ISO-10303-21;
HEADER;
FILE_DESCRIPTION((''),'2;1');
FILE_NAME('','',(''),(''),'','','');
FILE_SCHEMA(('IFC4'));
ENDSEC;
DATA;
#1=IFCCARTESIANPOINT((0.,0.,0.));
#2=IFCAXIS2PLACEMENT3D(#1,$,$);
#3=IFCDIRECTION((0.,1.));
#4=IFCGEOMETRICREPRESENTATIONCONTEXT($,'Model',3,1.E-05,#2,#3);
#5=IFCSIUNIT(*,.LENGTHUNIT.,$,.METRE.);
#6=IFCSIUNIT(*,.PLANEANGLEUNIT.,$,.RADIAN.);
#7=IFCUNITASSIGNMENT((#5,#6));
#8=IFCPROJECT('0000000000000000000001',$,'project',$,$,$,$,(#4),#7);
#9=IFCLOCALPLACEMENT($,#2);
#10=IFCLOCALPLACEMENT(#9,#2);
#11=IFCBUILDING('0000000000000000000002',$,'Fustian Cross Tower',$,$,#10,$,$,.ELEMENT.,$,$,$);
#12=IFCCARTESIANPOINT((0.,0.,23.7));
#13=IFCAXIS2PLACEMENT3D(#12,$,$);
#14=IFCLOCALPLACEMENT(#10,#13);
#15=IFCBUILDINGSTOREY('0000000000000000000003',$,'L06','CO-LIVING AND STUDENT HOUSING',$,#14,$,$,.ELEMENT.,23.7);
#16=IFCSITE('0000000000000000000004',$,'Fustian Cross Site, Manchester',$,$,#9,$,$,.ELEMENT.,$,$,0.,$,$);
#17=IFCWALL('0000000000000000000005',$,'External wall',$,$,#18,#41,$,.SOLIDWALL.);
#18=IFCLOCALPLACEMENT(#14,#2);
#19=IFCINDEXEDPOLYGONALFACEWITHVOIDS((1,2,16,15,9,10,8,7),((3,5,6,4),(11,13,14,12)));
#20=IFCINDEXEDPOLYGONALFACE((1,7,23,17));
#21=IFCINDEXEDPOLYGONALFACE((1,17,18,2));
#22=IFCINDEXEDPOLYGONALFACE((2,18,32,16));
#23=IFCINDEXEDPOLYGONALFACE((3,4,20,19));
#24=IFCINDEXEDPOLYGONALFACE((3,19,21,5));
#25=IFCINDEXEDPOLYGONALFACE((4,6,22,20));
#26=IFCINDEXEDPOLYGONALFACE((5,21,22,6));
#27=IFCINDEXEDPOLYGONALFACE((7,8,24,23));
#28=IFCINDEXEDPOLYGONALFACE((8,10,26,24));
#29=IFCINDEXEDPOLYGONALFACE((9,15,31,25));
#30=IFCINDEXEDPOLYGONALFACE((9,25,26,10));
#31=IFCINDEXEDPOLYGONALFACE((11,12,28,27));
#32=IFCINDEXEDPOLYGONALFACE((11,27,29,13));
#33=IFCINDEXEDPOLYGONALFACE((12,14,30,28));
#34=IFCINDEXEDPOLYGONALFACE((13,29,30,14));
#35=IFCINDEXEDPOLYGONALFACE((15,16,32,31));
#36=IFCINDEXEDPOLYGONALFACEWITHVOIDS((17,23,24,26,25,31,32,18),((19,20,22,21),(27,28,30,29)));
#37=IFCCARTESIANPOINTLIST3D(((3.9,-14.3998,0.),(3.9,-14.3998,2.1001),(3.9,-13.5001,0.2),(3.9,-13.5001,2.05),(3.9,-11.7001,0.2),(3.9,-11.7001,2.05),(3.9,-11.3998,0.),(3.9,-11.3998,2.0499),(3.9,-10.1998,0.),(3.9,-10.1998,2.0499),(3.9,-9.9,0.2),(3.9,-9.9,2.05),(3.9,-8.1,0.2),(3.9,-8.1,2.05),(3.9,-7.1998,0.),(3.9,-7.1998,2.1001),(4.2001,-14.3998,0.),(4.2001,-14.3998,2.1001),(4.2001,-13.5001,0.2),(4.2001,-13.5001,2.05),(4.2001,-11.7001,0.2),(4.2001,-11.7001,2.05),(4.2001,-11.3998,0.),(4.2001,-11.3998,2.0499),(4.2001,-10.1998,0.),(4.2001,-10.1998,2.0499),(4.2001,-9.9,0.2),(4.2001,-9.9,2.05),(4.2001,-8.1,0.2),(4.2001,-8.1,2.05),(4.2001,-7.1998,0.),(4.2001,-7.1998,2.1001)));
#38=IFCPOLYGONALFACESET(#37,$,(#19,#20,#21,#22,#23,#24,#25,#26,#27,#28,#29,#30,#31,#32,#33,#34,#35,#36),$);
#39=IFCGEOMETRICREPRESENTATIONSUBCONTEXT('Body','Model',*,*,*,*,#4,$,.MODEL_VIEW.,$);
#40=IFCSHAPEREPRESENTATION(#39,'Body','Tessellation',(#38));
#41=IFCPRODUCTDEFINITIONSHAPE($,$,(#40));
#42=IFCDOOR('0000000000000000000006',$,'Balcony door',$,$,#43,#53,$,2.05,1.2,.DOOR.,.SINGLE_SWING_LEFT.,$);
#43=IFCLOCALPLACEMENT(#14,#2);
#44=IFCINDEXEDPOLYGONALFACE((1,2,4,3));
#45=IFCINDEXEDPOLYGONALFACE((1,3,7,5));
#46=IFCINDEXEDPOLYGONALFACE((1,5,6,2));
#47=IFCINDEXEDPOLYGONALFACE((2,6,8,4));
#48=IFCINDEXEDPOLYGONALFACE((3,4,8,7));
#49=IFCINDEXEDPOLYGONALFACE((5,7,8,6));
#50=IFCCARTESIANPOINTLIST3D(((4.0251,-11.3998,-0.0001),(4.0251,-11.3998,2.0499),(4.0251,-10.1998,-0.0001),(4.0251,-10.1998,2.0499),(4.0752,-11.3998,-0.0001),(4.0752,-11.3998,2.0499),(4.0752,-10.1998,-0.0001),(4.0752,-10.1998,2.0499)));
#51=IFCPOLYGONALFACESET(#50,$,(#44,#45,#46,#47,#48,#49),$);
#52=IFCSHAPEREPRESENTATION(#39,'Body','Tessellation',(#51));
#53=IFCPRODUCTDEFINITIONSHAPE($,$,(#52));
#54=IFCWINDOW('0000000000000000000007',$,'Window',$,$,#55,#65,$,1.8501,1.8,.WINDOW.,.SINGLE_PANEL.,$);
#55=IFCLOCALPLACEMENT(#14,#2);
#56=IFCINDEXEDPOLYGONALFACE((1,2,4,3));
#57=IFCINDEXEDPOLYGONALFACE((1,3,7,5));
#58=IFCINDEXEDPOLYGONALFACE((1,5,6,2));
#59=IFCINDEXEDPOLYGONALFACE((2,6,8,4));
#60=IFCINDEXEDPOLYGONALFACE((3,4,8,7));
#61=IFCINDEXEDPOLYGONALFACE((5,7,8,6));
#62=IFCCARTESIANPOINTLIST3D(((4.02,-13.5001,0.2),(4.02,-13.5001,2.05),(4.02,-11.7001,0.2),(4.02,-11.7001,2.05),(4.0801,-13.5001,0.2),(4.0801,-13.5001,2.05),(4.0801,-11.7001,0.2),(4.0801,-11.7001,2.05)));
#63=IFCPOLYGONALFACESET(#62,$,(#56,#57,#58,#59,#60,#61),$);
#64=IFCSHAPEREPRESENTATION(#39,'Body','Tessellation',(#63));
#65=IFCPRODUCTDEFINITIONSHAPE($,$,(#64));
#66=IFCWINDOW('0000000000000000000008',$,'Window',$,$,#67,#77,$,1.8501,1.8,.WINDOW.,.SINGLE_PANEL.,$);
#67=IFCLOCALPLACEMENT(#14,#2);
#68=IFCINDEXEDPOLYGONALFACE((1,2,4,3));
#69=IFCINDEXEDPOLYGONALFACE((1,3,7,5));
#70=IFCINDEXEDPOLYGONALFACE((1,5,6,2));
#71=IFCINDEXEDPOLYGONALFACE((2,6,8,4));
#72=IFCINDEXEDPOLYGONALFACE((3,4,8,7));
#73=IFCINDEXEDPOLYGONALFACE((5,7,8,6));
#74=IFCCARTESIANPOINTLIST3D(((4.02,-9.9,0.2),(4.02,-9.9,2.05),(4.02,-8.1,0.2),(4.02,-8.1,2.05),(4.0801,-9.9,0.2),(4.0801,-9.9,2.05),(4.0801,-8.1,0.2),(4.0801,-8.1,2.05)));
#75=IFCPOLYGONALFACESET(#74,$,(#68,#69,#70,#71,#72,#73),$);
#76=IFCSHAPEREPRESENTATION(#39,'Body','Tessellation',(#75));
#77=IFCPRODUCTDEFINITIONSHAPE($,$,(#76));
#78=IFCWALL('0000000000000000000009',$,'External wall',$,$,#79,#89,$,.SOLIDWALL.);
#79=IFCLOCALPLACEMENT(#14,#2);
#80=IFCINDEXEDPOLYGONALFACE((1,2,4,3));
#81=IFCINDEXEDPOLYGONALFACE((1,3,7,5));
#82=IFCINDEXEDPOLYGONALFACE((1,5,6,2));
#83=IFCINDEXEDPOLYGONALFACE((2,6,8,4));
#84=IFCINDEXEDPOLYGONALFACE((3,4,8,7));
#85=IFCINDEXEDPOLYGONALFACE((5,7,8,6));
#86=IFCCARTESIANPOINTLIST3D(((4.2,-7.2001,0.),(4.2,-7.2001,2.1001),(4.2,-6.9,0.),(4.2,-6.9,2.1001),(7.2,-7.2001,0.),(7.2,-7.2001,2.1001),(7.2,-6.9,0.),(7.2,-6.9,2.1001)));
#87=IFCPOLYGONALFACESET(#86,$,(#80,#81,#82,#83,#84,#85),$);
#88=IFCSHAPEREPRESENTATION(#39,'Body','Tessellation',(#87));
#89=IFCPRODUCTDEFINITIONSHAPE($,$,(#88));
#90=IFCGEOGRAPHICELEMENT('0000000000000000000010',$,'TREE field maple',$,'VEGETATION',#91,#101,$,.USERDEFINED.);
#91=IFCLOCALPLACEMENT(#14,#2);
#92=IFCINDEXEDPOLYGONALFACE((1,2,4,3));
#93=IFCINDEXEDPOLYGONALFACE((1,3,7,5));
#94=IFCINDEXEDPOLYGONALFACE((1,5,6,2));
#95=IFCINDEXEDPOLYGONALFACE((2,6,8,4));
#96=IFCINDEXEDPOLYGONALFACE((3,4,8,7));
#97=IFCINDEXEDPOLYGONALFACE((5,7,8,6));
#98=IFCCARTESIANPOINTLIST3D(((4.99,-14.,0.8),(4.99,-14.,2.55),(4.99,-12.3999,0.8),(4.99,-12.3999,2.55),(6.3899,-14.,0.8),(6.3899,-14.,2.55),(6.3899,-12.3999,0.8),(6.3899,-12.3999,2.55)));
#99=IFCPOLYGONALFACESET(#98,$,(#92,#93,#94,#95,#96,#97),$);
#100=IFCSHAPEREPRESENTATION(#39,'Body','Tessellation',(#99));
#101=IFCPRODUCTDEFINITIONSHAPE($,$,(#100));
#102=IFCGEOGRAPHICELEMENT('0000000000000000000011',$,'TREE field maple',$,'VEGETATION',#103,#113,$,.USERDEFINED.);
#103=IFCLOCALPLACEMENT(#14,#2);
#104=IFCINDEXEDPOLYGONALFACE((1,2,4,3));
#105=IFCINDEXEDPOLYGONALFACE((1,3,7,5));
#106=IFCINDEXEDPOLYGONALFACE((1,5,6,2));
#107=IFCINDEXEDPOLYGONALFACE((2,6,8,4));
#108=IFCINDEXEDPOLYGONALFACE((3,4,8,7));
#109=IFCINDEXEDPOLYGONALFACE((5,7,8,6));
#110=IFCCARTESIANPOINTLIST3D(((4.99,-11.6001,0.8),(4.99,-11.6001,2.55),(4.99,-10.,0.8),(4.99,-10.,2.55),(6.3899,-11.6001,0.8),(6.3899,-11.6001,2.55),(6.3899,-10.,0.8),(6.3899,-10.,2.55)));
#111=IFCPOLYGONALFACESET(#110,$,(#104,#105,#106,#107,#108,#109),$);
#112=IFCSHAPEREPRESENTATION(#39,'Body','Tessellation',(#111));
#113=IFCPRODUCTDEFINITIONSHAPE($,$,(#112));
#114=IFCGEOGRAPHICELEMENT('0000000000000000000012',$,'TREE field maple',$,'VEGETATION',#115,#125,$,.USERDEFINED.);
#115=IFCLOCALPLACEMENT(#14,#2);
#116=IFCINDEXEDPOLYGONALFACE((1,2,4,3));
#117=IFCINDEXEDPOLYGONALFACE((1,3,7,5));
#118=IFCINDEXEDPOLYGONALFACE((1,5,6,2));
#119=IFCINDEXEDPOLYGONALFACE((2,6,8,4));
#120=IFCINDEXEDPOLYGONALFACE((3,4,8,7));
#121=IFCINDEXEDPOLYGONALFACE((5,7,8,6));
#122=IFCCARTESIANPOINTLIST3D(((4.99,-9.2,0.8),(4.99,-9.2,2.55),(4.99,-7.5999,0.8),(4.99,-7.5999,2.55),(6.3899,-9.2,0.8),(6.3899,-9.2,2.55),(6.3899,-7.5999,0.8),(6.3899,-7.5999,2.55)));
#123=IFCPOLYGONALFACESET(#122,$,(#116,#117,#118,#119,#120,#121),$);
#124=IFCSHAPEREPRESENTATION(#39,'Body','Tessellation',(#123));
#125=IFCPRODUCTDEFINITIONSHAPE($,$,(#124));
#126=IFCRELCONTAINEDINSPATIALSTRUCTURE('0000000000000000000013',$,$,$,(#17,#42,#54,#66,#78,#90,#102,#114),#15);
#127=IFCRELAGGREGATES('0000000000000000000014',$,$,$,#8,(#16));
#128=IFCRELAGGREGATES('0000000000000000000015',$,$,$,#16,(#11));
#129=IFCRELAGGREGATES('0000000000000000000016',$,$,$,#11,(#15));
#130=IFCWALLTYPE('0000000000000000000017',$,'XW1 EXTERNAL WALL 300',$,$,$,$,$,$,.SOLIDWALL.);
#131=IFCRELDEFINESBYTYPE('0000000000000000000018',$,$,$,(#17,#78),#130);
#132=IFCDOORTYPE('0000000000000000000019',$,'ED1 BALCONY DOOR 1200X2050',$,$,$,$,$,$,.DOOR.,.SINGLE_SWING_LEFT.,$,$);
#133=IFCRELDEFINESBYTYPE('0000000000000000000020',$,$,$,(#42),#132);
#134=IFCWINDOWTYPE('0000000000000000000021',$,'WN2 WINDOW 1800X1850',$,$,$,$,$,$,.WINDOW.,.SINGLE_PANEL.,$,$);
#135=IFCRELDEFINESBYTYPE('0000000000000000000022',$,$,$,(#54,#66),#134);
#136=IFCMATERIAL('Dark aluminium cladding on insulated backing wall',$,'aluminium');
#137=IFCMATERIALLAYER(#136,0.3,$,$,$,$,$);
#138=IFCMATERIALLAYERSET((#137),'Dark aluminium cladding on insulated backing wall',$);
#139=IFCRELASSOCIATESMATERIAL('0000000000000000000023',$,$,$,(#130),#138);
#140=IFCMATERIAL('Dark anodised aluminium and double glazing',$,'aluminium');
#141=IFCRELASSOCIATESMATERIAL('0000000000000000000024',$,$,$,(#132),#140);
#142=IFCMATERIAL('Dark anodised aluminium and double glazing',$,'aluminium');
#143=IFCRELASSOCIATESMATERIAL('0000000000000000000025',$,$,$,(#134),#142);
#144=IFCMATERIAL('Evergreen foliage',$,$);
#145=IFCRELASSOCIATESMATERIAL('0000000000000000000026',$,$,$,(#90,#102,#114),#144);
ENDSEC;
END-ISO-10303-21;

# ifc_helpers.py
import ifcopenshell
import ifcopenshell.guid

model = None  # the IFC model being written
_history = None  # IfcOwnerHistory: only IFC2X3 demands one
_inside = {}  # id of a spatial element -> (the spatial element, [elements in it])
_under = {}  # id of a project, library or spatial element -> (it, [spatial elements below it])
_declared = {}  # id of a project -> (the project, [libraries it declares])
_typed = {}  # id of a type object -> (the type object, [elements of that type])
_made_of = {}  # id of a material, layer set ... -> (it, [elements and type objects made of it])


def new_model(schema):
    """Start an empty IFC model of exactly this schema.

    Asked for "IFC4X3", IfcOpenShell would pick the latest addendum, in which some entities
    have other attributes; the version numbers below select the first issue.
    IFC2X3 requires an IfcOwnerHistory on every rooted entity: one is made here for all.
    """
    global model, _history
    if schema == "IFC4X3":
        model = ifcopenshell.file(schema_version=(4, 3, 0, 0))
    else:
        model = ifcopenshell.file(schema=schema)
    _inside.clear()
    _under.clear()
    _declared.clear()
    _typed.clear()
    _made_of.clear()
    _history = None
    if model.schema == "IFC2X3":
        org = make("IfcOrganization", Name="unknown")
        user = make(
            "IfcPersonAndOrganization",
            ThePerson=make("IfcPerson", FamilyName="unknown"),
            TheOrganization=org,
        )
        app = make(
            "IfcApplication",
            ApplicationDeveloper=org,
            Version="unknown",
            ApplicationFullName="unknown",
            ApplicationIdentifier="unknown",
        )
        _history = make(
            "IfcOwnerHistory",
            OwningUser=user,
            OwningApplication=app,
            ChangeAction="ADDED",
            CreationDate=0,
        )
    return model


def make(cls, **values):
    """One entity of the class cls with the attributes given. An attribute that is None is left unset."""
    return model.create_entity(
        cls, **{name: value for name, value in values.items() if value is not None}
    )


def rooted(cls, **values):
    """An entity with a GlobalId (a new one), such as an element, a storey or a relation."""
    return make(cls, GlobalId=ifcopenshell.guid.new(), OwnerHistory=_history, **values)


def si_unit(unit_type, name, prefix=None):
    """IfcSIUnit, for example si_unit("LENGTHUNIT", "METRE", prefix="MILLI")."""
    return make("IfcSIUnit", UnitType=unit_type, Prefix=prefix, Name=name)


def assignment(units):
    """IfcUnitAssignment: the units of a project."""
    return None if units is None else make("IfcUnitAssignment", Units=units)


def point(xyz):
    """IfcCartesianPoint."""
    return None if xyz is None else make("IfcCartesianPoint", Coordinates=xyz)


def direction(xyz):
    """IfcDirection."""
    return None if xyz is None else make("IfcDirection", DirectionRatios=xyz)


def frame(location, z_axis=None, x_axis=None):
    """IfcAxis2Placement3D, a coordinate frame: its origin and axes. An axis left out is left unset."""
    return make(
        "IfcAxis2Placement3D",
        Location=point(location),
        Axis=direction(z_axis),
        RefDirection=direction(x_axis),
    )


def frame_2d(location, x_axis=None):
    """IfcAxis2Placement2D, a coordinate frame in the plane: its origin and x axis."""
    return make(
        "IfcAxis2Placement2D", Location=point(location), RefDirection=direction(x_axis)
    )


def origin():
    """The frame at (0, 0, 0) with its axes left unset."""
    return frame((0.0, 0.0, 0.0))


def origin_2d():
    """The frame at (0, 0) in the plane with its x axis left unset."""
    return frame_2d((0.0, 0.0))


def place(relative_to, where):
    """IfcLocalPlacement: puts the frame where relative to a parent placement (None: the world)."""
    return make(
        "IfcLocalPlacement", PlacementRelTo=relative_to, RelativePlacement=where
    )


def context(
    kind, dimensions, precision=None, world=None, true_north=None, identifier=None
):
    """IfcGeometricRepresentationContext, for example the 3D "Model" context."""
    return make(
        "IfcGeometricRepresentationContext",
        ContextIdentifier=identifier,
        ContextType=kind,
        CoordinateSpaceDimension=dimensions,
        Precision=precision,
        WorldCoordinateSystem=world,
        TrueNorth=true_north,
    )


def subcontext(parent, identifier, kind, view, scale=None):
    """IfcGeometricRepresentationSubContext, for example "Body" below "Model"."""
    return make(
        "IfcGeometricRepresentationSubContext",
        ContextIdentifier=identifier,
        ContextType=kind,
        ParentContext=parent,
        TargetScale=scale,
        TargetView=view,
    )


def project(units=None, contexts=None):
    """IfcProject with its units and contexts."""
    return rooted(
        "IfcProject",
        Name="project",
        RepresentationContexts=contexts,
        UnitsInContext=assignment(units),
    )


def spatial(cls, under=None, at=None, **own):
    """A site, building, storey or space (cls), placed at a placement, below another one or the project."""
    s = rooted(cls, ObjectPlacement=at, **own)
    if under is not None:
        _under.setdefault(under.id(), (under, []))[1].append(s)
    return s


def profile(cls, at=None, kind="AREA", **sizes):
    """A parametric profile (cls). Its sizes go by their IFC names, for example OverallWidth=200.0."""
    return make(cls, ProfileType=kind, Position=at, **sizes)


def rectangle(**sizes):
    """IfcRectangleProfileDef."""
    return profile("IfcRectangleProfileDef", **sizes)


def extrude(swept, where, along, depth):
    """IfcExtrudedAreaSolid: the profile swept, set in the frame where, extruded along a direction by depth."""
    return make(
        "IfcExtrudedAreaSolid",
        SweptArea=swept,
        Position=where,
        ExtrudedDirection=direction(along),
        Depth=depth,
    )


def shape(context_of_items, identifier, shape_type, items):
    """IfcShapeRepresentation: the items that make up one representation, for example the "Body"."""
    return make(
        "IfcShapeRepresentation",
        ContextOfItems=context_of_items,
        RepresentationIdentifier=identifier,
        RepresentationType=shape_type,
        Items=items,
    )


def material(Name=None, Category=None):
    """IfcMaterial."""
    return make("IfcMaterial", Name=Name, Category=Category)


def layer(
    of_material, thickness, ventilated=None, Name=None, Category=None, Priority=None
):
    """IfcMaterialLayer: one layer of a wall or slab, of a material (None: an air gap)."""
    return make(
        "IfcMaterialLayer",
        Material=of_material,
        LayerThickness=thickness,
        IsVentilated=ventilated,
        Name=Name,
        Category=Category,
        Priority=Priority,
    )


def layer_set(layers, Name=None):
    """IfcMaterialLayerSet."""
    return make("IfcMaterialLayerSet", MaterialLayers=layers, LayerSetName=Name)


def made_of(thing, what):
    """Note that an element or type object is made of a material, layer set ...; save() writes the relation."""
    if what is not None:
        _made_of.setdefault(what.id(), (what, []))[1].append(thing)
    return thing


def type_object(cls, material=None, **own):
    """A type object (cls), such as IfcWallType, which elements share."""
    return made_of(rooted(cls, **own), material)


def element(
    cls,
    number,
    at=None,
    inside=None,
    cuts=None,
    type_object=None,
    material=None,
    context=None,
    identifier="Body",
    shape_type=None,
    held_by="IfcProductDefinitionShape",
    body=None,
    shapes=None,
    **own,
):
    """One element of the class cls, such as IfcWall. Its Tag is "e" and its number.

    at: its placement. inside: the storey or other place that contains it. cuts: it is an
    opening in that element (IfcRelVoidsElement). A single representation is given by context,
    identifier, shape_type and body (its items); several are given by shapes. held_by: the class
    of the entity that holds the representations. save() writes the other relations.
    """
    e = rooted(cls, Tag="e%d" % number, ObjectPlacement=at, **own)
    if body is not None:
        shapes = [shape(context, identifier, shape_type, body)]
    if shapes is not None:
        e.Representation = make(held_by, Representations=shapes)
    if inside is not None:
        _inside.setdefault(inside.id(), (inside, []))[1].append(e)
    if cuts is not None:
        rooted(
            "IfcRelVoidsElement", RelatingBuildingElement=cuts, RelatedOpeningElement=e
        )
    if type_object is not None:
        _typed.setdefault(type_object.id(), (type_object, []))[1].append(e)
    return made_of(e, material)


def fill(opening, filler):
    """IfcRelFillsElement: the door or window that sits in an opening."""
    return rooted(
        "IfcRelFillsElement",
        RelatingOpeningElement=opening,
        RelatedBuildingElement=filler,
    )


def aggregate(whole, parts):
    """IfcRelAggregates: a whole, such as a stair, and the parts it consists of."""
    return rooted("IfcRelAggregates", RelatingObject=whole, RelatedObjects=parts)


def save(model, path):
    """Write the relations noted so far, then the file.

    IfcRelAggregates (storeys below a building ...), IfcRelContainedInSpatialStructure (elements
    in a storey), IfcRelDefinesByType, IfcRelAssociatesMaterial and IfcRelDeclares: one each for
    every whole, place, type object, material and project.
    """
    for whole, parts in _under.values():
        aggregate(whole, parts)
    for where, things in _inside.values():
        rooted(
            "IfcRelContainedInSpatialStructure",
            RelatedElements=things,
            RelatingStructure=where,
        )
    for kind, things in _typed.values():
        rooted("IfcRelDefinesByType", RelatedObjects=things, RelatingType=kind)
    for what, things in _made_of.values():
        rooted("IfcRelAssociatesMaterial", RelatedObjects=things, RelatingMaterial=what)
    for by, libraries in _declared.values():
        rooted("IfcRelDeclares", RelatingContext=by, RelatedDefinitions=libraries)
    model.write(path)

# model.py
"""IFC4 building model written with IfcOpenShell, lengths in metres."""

from ifc_helpers import new_model, si_unit, direction, frame, frame_2d, origin, origin_2d, place, context, subcontext, project, spatial, rectangle, extrude, material, layer, layer_set, type_object, element, fill, save


model = new_model("IFC4")

# Units and contexts
model_context = context("Model", 3, precision=1e-05, world=origin(), true_north=direction((0.0, 1.0)))
body_context = subcontext(model_context, "Body", "Model", "MODEL_VIEW")
ifc_project = project(units=[si_unit("LENGTHUNIT", "METRE"), si_unit("PLANEANGLEUNIT", "RADIAN")], contexts=[model_context])

# Site, building, storey
site_placement = place(None, origin())
site = spatial("IfcSite", under=ifc_project, at=site_placement, Name="Fustian Cross Site, Manchester", CompositionType="ELEMENT", RefElevation=0.0)
building_placement = place(site_placement, origin())
building = spatial("IfcBuilding", under=site, at=building_placement, Name="Fustian Cross Tower", CompositionType="ELEMENT")
storey_placement = place(building_placement, frame((0.0, 0.0, 23.7)))
storey = spatial("IfcBuildingStorey", under=building, at=storey_placement, Name="L06", Description="CO-LIVING AND STUDENT HOUSING", CompositionType="ELEMENT", Elevation=23.7)

# Shared definitions
ifc_material_1 = material(Name="Dark aluminium cladding on insulated backing wall", Category="aluminium")
ifc_layer_1 = layer(ifc_material_1, 0.3)
ifc_layer_set_1 = layer_set([ifc_layer_1], Name="Dark aluminium cladding on insulated backing wall")
wall_type_1 = type_object("IfcWallType", Name="XW1 EXTERNAL WALL 300", PredefinedType="SOLIDWALL", material=ifc_layer_set_1)

# Wall, openings, door, windows
wall_1_placement = place(storey_placement, frame((4.05, -14.3999, 0.0), z_axis=(0.0, 0.0, 1.0), x_axis=(0.0, 1.0, 0.0)))
wall_1 = element("IfcWall", 1, at=wall_1_placement, inside=storey, type_object=wall_type_1, Name="External wall", PredefinedType="SOLIDWALL", context=body_context, shape_type="SweptSolid", body=[
    extrude(rectangle(XDim=7.2, YDim=0.3, at=frame_2d((3.6001, 0.0))), origin(), (0.0, 0.0, 1.0), 2.1001),
])
opening_1_placement = place(wall_1_placement, frame((3.0, 0.0, 0.0)))
opening_1 = element("IfcOpeningElement", 2, at=opening_1_placement, cuts=wall_1, PredefinedType="OPENING", context=body_context, shape_type="SweptSolid", body=[
    extrude(rectangle(XDim=1.2, YDim=2.05, at=frame_2d((0.6001, 1.0249))), frame((0.0, 0.1599, 0.0), z_axis=(0.0, -1.0, 0.0), x_axis=(1.0, 0.0, 0.0)), (0.0, 0.0, 1.0), 0.3201),
])
opening_2_placement = place(wall_1_placement, frame((0.8999, 0.0, 0.2)))
opening_2 = element("IfcOpeningElement", 3, at=opening_2_placement, cuts=wall_1, PredefinedType="OPENING", context=body_context, shape_type="SweptSolid", body=[
    extrude(rectangle(XDim=1.8, YDim=1.8501, at=frame_2d((0.8999, 0.925))), frame((0.0, 0.1599, 0.0), z_axis=(0.0, -1.0, 0.0), x_axis=(1.0, 0.0, 0.0)), (0.0, 0.0, 1.0), 0.3201),
])
opening_3_placement = place(wall_1_placement, frame((4.5, 0.0, 0.2)))
opening_3 = element("IfcOpeningElement", 4, at=opening_3_placement, cuts=wall_1, PredefinedType="OPENING", context=body_context, shape_type="SweptSolid", body=[
    extrude(rectangle(XDim=1.8, YDim=1.8501, at=frame_2d((0.8999, 0.925))), frame((0.0, 0.1599, 0.0), z_axis=(0.0, -1.0, 0.0), x_axis=(1.0, 0.0, 0.0)), (0.0, 0.0, 1.0), 0.3201),
])
ifc_material_2 = material(Name="Dark anodised aluminium and double glazing", Category="aluminium")
door_type_1 = type_object("IfcDoorType", Name="ED1 BALCONY DOOR 1200X2050", OperationType="SINGLE_SWING_LEFT", PredefinedType="DOOR", material=ifc_material_2)
door_1_placement = place(opening_1_placement, origin())
door_1 = element("IfcDoor", 5, at=door_1_placement, inside=storey, type_object=door_type_1, Name="Balcony door", OperationType="SINGLE_SWING_LEFT", OverallHeight=2.05, OverallWidth=1.2, PredefinedType="DOOR", context=body_context, shape_type="SweptSolid", body=[
    extrude(rectangle(XDim=1.2, YDim=2.05, at=frame_2d((0.6001, 1.0249))), frame((0.0, 0.0249, 0.0), z_axis=(0.0, -1.0, 0.0), x_axis=(1.0, 0.0, 0.0)), (0.0, 0.0, 1.0), 0.05),
])
fill(opening_1, door_1)
ifc_material_3 = material(Name="Dark anodised aluminium and double glazing", Category="aluminium")
window_type = type_object("IfcWindowType", Name="WN2 WINDOW 1800X1850", PartitioningType="SINGLE_PANEL", PredefinedType="WINDOW", material=ifc_material_3)
window_1_placement = place(opening_2_placement, origin())
window_1 = element("IfcWindow", 6, at=window_1_placement, inside=storey, type_object=window_type, Name="Window", OverallHeight=1.8501, OverallWidth=1.8, PartitioningType="SINGLE_PANEL", PredefinedType="WINDOW", context=body_context, shape_type="SweptSolid", body=[
    extrude(rectangle(XDim=1.8, YDim=1.8501, at=frame_2d((0.8999, 0.925))), frame((0.0, 0.03, 0.0), z_axis=(0.0, -1.0, 0.0), x_axis=(1.0, 0.0, 0.0)), (0.0, 0.0, 1.0), 0.0601),
])
fill(opening_2, window_1)
window_2_placement = place(opening_3_placement, origin())
window_2 = element("IfcWindow", 7, at=window_2_placement, inside=storey, type_object=window_type, Name="Window", OverallHeight=1.8501, OverallWidth=1.8, PartitioningType="SINGLE_PANEL", PredefinedType="WINDOW", context=body_context, shape_type="SweptSolid", body=[
    extrude(rectangle(XDim=1.8, YDim=1.8501, at=frame_2d((0.8999, 0.925))), frame((0.0, 0.03, 0.0), z_axis=(0.0, -1.0, 0.0), x_axis=(1.0, 0.0, 0.0)), (0.0, 0.0, 1.0), 0.0601),
])
fill(opening_3, window_2)

# Wall
wall_2_placement = place(storey_placement, frame((4.2, -7.05, 0.0), z_axis=(0.0, 0.0, 1.0), x_axis=(1.0, 0.0, 0.0)))
element("IfcWall", 8, at=wall_2_placement, inside=storey, type_object=wall_type_1, Name="External wall", PredefinedType="SOLIDWALL", context=body_context, shape_type="SweptSolid", body=[
    extrude(rectangle(XDim=3.0, YDim=0.3, at=frame_2d((1.5, 0.0))), origin(), (0.0, 0.0, 1.0), 2.1001),
])

# Geographic elements
ifc_material_4 = material(Name="Evergreen foliage")
for number, where, z_axis, x_axis, name in (
    (9, (5.6899, -13.2, 0.8), (0.0, 0.0, 1.0), (1.0, 0.0, 0.0), "TREE field maple"),
    (10, (5.6899, -10.8, 0.8), (0.0, 0.0, 1.0), (1.0, 0.0, 0.0), "TREE field maple"),
    (11, (5.6899, -8.3999, 0.8), (0.0, 0.0, 1.0), (1.0, 0.0, 0.0), "TREE field maple"),
):
    element("IfcGeographicElement", number, at=place(storey_placement, frame(where, z_axis=z_axis, x_axis=x_axis)), inside=storey, material=ifc_material_4, Name=name, ObjectType="VEGETATION", PredefinedType="USERDEFINED", context=body_context, shape_type="SweptSolid", body=[
        extrude(rectangle(XDim=1.3999, YDim=1.6001, at=origin_2d()), origin(), (0.0, 0.0, 1.0), 1.75),
    ])

save(model, "model.ifc")
